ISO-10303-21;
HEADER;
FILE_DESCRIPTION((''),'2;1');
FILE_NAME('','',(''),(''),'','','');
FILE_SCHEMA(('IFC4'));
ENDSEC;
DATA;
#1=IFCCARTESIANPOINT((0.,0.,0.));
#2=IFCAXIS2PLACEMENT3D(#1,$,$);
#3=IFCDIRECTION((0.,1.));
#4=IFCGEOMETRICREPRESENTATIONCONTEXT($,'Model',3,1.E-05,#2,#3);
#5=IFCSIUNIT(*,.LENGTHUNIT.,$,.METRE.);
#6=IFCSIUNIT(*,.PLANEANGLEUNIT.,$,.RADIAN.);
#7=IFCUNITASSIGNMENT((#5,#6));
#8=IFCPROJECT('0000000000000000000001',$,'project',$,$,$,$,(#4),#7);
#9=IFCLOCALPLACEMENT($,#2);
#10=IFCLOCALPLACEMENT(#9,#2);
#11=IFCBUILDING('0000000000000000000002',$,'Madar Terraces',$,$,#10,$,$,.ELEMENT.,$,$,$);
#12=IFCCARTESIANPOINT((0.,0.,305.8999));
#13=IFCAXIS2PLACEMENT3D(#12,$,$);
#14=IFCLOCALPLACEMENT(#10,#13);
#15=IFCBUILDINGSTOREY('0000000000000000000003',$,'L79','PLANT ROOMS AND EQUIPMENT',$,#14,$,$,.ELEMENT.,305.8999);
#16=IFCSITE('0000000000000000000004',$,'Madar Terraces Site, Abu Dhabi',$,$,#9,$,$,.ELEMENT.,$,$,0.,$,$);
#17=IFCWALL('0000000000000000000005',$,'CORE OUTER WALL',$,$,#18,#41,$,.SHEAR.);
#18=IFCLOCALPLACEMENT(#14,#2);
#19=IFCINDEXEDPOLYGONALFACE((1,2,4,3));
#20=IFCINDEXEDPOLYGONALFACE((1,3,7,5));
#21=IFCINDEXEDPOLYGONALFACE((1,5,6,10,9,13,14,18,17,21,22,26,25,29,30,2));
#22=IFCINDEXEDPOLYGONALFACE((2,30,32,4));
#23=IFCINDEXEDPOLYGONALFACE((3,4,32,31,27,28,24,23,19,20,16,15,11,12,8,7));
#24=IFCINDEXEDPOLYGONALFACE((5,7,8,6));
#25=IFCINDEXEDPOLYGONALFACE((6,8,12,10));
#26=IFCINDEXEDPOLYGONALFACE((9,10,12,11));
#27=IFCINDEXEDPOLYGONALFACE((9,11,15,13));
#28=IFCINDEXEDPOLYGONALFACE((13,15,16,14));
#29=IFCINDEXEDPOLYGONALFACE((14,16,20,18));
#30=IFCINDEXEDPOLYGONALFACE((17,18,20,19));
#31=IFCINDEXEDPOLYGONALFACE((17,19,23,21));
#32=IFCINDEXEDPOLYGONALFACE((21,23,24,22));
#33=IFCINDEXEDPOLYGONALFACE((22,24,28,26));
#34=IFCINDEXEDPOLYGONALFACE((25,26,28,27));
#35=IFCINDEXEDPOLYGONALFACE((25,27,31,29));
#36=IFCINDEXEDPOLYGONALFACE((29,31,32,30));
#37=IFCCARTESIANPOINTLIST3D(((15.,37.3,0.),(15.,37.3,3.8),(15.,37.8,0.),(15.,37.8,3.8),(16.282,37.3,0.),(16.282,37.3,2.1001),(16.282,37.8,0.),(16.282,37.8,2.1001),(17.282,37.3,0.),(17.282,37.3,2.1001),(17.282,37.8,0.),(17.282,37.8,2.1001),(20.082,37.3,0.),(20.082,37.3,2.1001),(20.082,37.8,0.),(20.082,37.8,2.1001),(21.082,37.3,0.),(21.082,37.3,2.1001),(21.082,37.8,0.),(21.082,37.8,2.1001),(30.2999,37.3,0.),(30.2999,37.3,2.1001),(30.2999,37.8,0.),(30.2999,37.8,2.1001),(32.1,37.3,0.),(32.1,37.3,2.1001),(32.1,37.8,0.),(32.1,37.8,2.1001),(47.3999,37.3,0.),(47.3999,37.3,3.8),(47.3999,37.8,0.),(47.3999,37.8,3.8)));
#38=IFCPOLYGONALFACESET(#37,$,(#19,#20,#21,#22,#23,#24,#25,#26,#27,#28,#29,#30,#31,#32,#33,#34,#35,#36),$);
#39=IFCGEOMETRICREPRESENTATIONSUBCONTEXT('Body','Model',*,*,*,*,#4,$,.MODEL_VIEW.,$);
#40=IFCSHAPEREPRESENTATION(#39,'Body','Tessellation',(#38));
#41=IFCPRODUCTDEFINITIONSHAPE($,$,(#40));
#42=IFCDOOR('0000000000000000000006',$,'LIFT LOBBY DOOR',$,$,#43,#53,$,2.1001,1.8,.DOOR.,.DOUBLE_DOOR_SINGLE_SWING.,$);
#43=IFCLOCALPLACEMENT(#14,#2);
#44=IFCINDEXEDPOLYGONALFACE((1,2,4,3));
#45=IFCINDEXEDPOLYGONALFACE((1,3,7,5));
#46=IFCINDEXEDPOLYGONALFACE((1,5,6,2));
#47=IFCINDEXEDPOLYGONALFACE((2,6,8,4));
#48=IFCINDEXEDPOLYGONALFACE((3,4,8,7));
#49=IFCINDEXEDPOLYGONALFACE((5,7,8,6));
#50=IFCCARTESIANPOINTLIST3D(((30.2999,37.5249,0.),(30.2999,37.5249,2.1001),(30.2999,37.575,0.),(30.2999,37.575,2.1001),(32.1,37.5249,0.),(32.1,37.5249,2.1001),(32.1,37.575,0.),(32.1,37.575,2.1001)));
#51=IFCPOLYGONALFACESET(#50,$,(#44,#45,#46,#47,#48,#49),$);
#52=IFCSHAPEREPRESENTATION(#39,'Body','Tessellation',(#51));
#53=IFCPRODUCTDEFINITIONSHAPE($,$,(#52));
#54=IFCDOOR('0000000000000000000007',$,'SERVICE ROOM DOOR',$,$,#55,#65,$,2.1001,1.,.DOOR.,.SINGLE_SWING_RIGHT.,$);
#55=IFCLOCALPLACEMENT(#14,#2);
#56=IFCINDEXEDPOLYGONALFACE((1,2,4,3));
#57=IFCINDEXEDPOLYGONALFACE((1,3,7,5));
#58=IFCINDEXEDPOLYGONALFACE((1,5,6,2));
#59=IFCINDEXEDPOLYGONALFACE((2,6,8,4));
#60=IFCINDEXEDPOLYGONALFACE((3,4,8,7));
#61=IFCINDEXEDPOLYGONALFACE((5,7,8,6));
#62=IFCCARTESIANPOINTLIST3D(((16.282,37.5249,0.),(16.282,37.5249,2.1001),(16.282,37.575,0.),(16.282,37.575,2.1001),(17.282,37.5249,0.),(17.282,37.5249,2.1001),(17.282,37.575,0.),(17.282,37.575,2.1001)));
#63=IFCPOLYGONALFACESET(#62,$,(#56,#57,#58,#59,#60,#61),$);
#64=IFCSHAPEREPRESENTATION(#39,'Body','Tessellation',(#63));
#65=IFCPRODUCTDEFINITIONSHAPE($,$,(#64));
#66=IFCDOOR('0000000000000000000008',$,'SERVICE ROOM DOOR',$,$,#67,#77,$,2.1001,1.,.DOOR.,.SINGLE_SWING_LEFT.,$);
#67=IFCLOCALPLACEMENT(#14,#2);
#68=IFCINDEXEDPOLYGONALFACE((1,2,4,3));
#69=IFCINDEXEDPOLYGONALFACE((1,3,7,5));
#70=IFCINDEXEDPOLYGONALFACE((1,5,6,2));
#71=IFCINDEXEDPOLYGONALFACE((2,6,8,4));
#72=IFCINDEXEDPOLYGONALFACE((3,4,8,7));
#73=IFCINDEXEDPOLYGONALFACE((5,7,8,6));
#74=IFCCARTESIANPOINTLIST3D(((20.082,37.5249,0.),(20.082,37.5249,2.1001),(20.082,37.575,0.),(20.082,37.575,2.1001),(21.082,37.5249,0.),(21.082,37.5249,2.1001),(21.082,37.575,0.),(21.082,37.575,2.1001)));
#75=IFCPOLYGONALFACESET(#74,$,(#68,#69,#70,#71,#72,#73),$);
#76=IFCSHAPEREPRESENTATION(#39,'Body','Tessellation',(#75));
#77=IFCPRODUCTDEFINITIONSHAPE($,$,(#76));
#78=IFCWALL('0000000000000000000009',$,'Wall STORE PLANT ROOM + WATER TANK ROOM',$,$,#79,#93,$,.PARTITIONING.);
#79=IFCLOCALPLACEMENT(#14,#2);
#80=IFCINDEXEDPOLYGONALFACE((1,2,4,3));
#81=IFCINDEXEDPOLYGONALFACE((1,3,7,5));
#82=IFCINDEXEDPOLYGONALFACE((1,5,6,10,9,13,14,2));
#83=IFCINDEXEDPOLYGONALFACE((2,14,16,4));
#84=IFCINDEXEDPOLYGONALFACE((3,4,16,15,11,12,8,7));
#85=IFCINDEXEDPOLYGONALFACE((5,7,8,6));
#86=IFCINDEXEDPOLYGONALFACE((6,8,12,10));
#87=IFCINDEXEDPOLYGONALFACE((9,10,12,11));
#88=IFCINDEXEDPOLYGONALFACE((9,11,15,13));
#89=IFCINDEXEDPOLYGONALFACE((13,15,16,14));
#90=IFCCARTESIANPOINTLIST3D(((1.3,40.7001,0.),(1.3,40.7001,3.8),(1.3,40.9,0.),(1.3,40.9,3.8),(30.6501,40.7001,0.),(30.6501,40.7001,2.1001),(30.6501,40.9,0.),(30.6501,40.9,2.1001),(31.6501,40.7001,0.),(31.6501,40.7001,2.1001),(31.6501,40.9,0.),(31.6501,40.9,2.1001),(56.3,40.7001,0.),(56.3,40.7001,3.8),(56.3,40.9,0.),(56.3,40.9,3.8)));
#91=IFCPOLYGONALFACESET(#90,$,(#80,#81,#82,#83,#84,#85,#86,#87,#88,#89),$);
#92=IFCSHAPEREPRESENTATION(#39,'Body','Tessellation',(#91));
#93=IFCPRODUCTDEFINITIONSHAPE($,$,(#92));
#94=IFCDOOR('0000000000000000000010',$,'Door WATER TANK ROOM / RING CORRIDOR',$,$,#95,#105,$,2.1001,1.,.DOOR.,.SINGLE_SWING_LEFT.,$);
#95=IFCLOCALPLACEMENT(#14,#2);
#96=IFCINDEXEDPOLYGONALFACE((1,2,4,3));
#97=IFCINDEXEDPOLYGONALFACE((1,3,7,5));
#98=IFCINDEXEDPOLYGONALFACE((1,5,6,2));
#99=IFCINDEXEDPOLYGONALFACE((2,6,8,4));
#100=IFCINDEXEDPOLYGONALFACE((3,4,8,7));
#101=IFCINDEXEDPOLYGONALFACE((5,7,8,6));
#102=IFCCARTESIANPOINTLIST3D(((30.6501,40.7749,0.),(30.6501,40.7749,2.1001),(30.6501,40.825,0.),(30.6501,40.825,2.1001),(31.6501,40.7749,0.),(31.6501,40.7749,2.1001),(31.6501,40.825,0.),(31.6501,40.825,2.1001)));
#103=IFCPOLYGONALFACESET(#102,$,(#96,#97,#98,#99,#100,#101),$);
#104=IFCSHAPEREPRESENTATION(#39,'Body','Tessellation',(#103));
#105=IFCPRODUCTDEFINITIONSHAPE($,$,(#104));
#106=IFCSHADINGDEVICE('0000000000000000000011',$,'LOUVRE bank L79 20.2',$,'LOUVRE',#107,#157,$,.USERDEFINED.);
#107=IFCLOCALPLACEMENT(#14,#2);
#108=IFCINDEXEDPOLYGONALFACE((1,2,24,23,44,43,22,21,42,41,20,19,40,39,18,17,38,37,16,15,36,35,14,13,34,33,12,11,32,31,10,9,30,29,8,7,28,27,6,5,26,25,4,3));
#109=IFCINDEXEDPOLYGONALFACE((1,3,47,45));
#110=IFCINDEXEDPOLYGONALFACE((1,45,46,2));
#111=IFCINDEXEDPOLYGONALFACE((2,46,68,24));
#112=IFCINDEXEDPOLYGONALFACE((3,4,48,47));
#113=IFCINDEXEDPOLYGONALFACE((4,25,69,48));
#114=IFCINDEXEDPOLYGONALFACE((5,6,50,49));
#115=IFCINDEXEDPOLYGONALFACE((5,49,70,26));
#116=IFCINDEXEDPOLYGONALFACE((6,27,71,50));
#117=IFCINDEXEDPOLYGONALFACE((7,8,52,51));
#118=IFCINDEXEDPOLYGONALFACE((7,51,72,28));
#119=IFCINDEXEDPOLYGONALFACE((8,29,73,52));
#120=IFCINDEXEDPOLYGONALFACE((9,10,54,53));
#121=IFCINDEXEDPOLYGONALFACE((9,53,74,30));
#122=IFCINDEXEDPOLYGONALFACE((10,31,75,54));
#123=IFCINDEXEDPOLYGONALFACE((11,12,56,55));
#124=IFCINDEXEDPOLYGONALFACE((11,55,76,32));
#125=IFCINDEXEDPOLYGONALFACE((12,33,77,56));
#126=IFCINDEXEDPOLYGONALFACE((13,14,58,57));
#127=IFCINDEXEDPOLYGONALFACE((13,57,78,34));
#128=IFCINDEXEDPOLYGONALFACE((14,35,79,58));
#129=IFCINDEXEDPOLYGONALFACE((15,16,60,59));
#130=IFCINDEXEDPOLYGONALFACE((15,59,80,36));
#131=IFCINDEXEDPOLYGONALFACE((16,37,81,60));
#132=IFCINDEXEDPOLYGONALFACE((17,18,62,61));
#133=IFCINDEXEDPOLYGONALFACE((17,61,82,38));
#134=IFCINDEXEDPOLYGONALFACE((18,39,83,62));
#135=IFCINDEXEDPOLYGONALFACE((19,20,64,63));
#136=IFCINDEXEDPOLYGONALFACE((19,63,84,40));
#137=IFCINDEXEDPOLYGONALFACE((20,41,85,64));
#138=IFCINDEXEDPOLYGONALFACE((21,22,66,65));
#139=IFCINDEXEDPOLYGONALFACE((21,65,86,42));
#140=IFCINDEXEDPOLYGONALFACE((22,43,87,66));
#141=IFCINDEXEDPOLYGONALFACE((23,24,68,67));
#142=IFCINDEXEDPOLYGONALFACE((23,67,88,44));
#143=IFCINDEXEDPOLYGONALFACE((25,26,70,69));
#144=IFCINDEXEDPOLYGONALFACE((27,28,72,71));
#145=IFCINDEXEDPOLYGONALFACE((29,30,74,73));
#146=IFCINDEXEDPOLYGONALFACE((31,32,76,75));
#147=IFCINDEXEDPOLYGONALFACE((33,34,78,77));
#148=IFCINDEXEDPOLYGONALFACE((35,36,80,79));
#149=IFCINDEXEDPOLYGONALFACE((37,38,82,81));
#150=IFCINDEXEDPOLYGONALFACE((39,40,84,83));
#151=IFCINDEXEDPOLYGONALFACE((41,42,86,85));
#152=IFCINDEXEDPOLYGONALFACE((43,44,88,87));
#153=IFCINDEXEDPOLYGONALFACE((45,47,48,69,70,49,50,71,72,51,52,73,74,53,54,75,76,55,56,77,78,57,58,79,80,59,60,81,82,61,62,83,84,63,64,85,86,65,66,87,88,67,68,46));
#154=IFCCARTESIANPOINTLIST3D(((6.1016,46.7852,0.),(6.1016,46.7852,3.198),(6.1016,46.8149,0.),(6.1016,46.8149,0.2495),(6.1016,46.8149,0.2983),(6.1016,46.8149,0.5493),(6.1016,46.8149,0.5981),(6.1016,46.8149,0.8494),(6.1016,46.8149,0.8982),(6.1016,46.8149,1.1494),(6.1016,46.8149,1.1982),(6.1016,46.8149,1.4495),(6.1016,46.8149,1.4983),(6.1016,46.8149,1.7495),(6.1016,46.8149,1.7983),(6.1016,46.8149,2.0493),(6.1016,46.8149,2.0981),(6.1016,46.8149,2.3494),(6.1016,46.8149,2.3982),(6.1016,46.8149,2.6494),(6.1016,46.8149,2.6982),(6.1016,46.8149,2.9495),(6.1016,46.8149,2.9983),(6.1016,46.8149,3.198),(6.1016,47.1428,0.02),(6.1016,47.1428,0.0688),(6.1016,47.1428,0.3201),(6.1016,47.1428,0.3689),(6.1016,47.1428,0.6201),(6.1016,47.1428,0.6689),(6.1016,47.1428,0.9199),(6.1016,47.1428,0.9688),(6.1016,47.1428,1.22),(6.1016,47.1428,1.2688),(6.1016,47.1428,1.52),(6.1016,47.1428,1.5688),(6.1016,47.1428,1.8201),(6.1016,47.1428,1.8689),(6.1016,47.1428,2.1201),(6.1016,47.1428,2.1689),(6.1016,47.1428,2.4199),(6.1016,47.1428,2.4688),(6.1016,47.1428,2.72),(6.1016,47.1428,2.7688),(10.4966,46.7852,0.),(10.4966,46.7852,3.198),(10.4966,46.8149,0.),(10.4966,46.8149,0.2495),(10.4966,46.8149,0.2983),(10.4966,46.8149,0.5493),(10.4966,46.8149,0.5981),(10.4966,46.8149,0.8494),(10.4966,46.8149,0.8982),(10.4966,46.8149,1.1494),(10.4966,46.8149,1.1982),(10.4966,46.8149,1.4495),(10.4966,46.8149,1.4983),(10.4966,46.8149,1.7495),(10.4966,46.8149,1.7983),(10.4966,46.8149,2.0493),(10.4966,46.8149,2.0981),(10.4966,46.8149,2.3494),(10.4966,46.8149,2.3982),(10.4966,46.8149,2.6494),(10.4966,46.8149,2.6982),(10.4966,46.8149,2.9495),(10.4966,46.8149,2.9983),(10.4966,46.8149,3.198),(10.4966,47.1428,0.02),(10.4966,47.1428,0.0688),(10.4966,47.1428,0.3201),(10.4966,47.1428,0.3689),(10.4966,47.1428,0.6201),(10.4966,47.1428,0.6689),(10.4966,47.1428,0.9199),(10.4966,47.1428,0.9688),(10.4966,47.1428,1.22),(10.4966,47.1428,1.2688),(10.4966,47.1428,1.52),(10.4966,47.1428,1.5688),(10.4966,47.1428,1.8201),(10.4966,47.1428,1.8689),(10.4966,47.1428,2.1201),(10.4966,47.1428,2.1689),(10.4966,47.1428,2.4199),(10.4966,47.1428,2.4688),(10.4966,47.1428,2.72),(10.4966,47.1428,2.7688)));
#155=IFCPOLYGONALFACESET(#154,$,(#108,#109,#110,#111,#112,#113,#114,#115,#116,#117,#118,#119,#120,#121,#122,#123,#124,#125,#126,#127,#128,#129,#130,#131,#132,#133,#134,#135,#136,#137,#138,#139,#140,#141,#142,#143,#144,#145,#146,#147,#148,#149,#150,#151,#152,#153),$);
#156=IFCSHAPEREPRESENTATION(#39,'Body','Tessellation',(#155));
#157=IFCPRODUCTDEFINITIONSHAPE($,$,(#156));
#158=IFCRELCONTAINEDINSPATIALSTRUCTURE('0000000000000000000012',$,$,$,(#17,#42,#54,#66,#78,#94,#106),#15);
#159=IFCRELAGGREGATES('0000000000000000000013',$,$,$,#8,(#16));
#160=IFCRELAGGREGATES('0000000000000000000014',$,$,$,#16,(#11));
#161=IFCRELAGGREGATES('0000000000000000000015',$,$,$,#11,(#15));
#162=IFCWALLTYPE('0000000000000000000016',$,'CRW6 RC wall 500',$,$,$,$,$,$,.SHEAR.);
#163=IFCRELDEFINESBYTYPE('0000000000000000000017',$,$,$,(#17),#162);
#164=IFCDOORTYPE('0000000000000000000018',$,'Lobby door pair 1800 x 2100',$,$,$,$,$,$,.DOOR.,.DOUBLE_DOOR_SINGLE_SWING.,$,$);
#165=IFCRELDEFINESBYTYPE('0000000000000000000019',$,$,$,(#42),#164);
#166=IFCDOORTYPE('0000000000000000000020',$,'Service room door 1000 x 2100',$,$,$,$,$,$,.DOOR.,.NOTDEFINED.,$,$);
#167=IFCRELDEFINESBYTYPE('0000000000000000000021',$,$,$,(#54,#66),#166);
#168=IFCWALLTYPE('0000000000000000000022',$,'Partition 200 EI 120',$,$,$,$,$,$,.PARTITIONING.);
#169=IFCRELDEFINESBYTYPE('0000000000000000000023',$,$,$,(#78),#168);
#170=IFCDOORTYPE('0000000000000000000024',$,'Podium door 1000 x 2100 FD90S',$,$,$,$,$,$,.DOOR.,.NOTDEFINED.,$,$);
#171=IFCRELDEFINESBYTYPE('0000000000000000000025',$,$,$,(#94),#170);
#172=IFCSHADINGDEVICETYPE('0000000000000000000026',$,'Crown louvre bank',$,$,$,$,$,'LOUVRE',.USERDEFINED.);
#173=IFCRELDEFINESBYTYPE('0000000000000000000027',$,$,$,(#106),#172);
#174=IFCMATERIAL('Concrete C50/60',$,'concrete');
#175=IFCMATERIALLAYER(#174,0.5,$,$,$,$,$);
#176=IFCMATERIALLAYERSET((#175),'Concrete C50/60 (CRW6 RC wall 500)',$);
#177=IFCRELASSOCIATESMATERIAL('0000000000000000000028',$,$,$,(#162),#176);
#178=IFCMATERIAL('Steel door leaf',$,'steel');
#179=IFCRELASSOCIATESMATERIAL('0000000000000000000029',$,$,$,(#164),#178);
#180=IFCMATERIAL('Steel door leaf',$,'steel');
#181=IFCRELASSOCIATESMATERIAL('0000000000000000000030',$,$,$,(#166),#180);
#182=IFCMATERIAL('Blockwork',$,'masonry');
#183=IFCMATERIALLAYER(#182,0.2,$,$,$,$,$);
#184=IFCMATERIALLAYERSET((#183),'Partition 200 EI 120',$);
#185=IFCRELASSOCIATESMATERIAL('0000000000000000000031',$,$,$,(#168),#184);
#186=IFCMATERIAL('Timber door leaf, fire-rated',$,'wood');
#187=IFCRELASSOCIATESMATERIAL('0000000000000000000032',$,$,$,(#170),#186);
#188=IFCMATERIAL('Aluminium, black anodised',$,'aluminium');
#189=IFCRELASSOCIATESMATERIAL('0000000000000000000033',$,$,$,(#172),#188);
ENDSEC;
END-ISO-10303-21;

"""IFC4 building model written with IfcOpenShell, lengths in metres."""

from ifc_helpers import new_model, si_unit, direction, frame, frame_2d, origin, place, context, subcontext, project, spatial, polyline, rectangle, outline, extrude, material, layer, layer_set, type_object, element, fill, save


model = new_model("IFC4")

# Units and contexts
model_context = context("Model", 3, precision=1e-05, world=origin(), true_north=direction((0.0, 1.0)))
body_context = subcontext(model_context, "Body", "Model", "MODEL_VIEW")
ifc_project = project(units=[si_unit("LENGTHUNIT", "METRE"), si_unit("PLANEANGLEUNIT", "RADIAN")], contexts=[model_context])

# Site, building, storey
site_placement = place(None, origin())
site = spatial("IfcSite", under=ifc_project, at=site_placement, Name="Madar Terraces Site, Abu Dhabi", CompositionType="ELEMENT", RefElevation=0.0)
building_placement = place(site_placement, origin())
building = spatial("IfcBuilding", under=site, at=building_placement, Name="Madar Terraces", CompositionType="ELEMENT")
storey_placement = place(building_placement, frame((0.0, 0.0, 305.8999)))
storey = spatial("IfcBuildingStorey", under=building, at=storey_placement, Name="L79", Description="PLANT ROOMS AND EQUIPMENT", CompositionType="ELEMENT", Elevation=305.8999)

# Wall, openings, doors
ifc_material_1 = material(Name="Concrete C50/60", Category="concrete")
ifc_layer_1 = layer(ifc_material_1, 0.5)
ifc_layer_set_1 = layer_set([ifc_layer_1], Name="Concrete C50/60 (CRW6 RC wall 500)")
wall_type_1 = type_object("IfcWallType", Name="CRW6 RC wall 500", PredefinedType="SHEAR", material=ifc_layer_set_1)
wall_1_placement = place(storey_placement, frame((15.0, 37.55, 0.0), z_axis=(0.0, 0.0, 1.0), x_axis=(1.0, 0.0, 0.0)))
wall_1 = element("IfcWall", 1, at=wall_1_placement, inside=storey, type_object=wall_type_1, Name="CORE OUTER WALL", PredefinedType="SHEAR", context=body_context, shape_type="SweptSolid", body=[
    extrude(rectangle(XDim=32.3999, YDim=0.5, at=frame_2d((16.2, 0.0))), origin(), (0.0, 0.0, 1.0), 3.8),
])
opening_1_placement = place(wall_1_placement, frame((15.3, 0.0, 0.0)))
opening_1 = element("IfcOpeningElement", 2, at=opening_1_placement, cuts=wall_1, PredefinedType="OPENING", context=body_context, shape_type="SweptSolid", body=[
    extrude(rectangle(XDim=1.8, YDim=2.1001, at=frame_2d((0.8999, 1.05))), frame((0.0, 0.26, 0.0), z_axis=(0.0, -1.0, 0.0), x_axis=(1.0, 0.0, 0.0)), (0.0, 0.0, 1.0), 0.52),
])
opening_2_placement = place(wall_1_placement, frame((1.282, 0.0, 0.0)))
opening_2 = element("IfcOpeningElement", 3, at=opening_2_placement, cuts=wall_1, PredefinedType="OPENING", context=body_context, shape_type="SweptSolid", body=[
    extrude(rectangle(XDim=1.0, YDim=2.1001, at=frame_2d((0.5, 1.05))), frame((0.0, 0.26, 0.0), z_axis=(0.0, -1.0, 0.0), x_axis=(1.0, 0.0, 0.0)), (0.0, 0.0, 1.0), 0.52),
])
opening_3_placement = place(wall_1_placement, frame((5.082, 0.0, 0.0)))
opening_3 = element("IfcOpeningElement", 4, at=opening_3_placement, cuts=wall_1, PredefinedType="OPENING", context=body_context, shape_type="SweptSolid", body=[
    extrude(rectangle(XDim=1.0, YDim=2.1001, at=frame_2d((0.5, 1.05))), frame((0.0, 0.26, 0.0), z_axis=(0.0, -1.0, 0.0), x_axis=(1.0, 0.0, 0.0)), (0.0, 0.0, 1.0), 0.52),
])
ifc_material_2 = material(Name="Steel door leaf", Category="steel")
door_type_1 = type_object("IfcDoorType", Name="Lobby door pair 1800 x 2100", OperationType="DOUBLE_DOOR_SINGLE_SWING", PredefinedType="DOOR", material=ifc_material_2)
door_1_placement = place(opening_1_placement, origin())
door_1 = element("IfcDoor", 5, at=door_1_placement, inside=storey, type_object=door_type_1, Name="LIFT LOBBY DOOR", OperationType="DOUBLE_DOOR_SINGLE_SWING", OverallHeight=2.1001, OverallWidth=1.8, PredefinedType="DOOR", context=body_context, shape_type="SweptSolid", body=[
    extrude(rectangle(XDim=1.8, YDim=2.1001, at=frame_2d((0.8999, 1.05))), frame((0.0, 0.0249, 0.0), z_axis=(0.0, -1.0, 0.0), x_axis=(1.0, 0.0, 0.0)), (0.0, 0.0, 1.0), 0.05),
])
fill(opening_1, door_1)
ifc_material_3 = material(Name="Steel door leaf", Category="steel")
door_type_2 = type_object("IfcDoorType", Name="Service room door 1000 x 2100", OperationType="NOTDEFINED", PredefinedType="DOOR", material=ifc_material_3)
door_2_placement = place(opening_2_placement, origin())
door_2 = element("IfcDoor", 6, at=door_2_placement, inside=storey, type_object=door_type_2, Name="SERVICE ROOM DOOR", OperationType="SINGLE_SWING_RIGHT", OverallHeight=2.1001, OverallWidth=1.0, PredefinedType="DOOR", context=body_context, shape_type="SweptSolid", body=[
    extrude(rectangle(XDim=1.0, YDim=2.1001, at=frame_2d((0.5, 1.05))), frame((0.0, 0.0249, 0.0), z_axis=(0.0, -1.0, 0.0), x_axis=(1.0, 0.0, 0.0)), (0.0, 0.0, 1.0), 0.05),
])
fill(opening_2, door_2)
door_3_placement = place(opening_3_placement, origin())
door_3 = element("IfcDoor", 7, at=door_3_placement, inside=storey, type_object=door_type_2, Name="SERVICE ROOM DOOR", OperationType="SINGLE_SWING_LEFT", OverallHeight=2.1001, OverallWidth=1.0, PredefinedType="DOOR", context=body_context, shape_type="SweptSolid", body=[
    extrude(rectangle(XDim=1.0, YDim=2.1001, at=frame_2d((0.5, 1.05))), frame((0.0, 0.0249, 0.0), z_axis=(0.0, -1.0, 0.0), x_axis=(1.0, 0.0, 0.0)), (0.0, 0.0, 1.0), 0.05),
])
fill(opening_3, door_3)

# Wall, opening, door
ifc_material_4 = material(Name="Blockwork", Category="masonry")
ifc_layer_2 = layer(ifc_material_4, 0.2)
ifc_layer_set_2 = layer_set([ifc_layer_2], Name="Partition 200 EI 120")
wall_type_2 = type_object("IfcWallType", Name="Partition 200 EI 120", PredefinedType="PARTITIONING", material=ifc_layer_set_2)
wall_2_placement = place(storey_placement, frame((1.3, 40.8, 0.0), z_axis=(0.0, 0.0, 1.0), x_axis=(1.0, 0.0, 0.0)))
wall_2 = element("IfcWall", 8, at=wall_2_placement, inside=storey, type_object=wall_type_2, Name="Wall STORE PLANT ROOM + WATER TANK ROOM", PredefinedType="PARTITIONING", context=body_context, shape_type="SweptSolid", body=[
    extrude(rectangle(XDim=55.0, YDim=0.2, at=frame_2d((27.5, 0.0))), origin(), (0.0, 0.0, 1.0), 3.8),
])
opening_4_placement = place(wall_2_placement, frame((29.3501, 0.0, 0.0)))
opening_4 = element("IfcOpeningElement", 9, at=opening_4_placement, cuts=wall_2, PredefinedType="OPENING", context=body_context, shape_type="SweptSolid", body=[
    extrude(rectangle(XDim=1.0, YDim=2.1001, at=frame_2d((0.5, 1.05))), frame((0.0, 0.1099, 0.0), z_axis=(0.0, -1.0, 0.0), x_axis=(1.0, 0.0, 0.0)), (0.0, 0.0, 1.0), 0.22),
])
ifc_material_5 = material(Name="Timber door leaf, fire-rated", Category="wood")
door_type_3 = type_object("IfcDoorType", Name="Podium door 1000 x 2100 FD90S", OperationType="NOTDEFINED", PredefinedType="DOOR", material=ifc_material_5)
door_4_placement = place(opening_4_placement, origin())
door_4 = element("IfcDoor", 10, at=door_4_placement, inside=storey, type_object=door_type_3, Name="Door WATER TANK ROOM / RING CORRIDOR", OperationType="SINGLE_SWING_LEFT", OverallHeight=2.1001, OverallWidth=1.0, PredefinedType="DOOR", context=body_context, shape_type="SweptSolid", body=[
    extrude(rectangle(XDim=1.0, YDim=2.1001, at=frame_2d((0.5, 1.05))), frame((0.0, 0.0249, 0.0), z_axis=(0.0, -1.0, 0.0), x_axis=(1.0, 0.0, 0.0)), (0.0, 0.0, 1.0), 0.05),
])
fill(opening_4, door_4)

# Shading device
ifc_material_6 = material(Name="Aluminium, black anodised", Category="aluminium")
shading_device_type = type_object("IfcShadingDeviceType", Name="Crown louvre bank", ElementType="LOUVRE", PredefinedType="USERDEFINED", material=ifc_material_6)
shading_device_1_placement = place(storey_placement, frame((10.4966, 46.8, 0.0), z_axis=(-1.0, 0.0, 0.0), x_axis=(0.0, -1.0, 0.0)))
element("IfcShadingDevice", 11, at=shading_device_1_placement, inside=storey, type_object=shading_device_type, Name="LOUVRE bank L79 20.2", ObjectType="LOUVRE", PredefinedType="USERDEFINED", context=body_context, shape_type="SweptSolid", body=[
    extrude(outline(polyline([(0.0149, 0.0), (-0.0149, 0.0), (-0.0149, 0.2495), (-0.3428, 0.02), (-0.3428, 0.0688), (-0.0149, 0.2983), (-0.0149, 0.5493), (-0.3428, 0.3201), (-0.3428, 0.3689), (-0.0149, 0.5981), (-0.0149, 0.8494), (-0.3428, 0.6201), (-0.3428, 0.6689), (-0.0149, 0.8982), (-0.0149, 1.1494), (-0.3428, 0.9199), (-0.3428, 0.9688), (-0.0149, 1.1982), (-0.0149, 1.4495), (-0.3428, 1.22), (-0.3428, 1.2688), (-0.0149, 1.4983), (-0.0149, 1.7495), (-0.3428, 1.52), (-0.3428, 1.5688), (-0.0149, 1.7983), (-0.0149, 2.0493), (-0.3428, 1.8201), (-0.3428, 1.8689), (-0.0149, 2.0981), (-0.0149, 2.3494), (-0.3428, 2.1201), (-0.3428, 2.1689), (-0.0149, 2.3982), (-0.0149, 2.6494), (-0.3428, 2.4199), (-0.3428, 2.4688), (-0.0149, 2.6982), (-0.0149, 2.9495), (-0.3428, 2.72), (-0.3428, 2.7688), (-0.0149, 2.9983), (-0.0149, 3.198), (0.0149, 3.198), (0.0149, 0.0)])), origin(), (0.0, 0.0, 1.0), 4.395),
])

save(model, "model.ifc")
